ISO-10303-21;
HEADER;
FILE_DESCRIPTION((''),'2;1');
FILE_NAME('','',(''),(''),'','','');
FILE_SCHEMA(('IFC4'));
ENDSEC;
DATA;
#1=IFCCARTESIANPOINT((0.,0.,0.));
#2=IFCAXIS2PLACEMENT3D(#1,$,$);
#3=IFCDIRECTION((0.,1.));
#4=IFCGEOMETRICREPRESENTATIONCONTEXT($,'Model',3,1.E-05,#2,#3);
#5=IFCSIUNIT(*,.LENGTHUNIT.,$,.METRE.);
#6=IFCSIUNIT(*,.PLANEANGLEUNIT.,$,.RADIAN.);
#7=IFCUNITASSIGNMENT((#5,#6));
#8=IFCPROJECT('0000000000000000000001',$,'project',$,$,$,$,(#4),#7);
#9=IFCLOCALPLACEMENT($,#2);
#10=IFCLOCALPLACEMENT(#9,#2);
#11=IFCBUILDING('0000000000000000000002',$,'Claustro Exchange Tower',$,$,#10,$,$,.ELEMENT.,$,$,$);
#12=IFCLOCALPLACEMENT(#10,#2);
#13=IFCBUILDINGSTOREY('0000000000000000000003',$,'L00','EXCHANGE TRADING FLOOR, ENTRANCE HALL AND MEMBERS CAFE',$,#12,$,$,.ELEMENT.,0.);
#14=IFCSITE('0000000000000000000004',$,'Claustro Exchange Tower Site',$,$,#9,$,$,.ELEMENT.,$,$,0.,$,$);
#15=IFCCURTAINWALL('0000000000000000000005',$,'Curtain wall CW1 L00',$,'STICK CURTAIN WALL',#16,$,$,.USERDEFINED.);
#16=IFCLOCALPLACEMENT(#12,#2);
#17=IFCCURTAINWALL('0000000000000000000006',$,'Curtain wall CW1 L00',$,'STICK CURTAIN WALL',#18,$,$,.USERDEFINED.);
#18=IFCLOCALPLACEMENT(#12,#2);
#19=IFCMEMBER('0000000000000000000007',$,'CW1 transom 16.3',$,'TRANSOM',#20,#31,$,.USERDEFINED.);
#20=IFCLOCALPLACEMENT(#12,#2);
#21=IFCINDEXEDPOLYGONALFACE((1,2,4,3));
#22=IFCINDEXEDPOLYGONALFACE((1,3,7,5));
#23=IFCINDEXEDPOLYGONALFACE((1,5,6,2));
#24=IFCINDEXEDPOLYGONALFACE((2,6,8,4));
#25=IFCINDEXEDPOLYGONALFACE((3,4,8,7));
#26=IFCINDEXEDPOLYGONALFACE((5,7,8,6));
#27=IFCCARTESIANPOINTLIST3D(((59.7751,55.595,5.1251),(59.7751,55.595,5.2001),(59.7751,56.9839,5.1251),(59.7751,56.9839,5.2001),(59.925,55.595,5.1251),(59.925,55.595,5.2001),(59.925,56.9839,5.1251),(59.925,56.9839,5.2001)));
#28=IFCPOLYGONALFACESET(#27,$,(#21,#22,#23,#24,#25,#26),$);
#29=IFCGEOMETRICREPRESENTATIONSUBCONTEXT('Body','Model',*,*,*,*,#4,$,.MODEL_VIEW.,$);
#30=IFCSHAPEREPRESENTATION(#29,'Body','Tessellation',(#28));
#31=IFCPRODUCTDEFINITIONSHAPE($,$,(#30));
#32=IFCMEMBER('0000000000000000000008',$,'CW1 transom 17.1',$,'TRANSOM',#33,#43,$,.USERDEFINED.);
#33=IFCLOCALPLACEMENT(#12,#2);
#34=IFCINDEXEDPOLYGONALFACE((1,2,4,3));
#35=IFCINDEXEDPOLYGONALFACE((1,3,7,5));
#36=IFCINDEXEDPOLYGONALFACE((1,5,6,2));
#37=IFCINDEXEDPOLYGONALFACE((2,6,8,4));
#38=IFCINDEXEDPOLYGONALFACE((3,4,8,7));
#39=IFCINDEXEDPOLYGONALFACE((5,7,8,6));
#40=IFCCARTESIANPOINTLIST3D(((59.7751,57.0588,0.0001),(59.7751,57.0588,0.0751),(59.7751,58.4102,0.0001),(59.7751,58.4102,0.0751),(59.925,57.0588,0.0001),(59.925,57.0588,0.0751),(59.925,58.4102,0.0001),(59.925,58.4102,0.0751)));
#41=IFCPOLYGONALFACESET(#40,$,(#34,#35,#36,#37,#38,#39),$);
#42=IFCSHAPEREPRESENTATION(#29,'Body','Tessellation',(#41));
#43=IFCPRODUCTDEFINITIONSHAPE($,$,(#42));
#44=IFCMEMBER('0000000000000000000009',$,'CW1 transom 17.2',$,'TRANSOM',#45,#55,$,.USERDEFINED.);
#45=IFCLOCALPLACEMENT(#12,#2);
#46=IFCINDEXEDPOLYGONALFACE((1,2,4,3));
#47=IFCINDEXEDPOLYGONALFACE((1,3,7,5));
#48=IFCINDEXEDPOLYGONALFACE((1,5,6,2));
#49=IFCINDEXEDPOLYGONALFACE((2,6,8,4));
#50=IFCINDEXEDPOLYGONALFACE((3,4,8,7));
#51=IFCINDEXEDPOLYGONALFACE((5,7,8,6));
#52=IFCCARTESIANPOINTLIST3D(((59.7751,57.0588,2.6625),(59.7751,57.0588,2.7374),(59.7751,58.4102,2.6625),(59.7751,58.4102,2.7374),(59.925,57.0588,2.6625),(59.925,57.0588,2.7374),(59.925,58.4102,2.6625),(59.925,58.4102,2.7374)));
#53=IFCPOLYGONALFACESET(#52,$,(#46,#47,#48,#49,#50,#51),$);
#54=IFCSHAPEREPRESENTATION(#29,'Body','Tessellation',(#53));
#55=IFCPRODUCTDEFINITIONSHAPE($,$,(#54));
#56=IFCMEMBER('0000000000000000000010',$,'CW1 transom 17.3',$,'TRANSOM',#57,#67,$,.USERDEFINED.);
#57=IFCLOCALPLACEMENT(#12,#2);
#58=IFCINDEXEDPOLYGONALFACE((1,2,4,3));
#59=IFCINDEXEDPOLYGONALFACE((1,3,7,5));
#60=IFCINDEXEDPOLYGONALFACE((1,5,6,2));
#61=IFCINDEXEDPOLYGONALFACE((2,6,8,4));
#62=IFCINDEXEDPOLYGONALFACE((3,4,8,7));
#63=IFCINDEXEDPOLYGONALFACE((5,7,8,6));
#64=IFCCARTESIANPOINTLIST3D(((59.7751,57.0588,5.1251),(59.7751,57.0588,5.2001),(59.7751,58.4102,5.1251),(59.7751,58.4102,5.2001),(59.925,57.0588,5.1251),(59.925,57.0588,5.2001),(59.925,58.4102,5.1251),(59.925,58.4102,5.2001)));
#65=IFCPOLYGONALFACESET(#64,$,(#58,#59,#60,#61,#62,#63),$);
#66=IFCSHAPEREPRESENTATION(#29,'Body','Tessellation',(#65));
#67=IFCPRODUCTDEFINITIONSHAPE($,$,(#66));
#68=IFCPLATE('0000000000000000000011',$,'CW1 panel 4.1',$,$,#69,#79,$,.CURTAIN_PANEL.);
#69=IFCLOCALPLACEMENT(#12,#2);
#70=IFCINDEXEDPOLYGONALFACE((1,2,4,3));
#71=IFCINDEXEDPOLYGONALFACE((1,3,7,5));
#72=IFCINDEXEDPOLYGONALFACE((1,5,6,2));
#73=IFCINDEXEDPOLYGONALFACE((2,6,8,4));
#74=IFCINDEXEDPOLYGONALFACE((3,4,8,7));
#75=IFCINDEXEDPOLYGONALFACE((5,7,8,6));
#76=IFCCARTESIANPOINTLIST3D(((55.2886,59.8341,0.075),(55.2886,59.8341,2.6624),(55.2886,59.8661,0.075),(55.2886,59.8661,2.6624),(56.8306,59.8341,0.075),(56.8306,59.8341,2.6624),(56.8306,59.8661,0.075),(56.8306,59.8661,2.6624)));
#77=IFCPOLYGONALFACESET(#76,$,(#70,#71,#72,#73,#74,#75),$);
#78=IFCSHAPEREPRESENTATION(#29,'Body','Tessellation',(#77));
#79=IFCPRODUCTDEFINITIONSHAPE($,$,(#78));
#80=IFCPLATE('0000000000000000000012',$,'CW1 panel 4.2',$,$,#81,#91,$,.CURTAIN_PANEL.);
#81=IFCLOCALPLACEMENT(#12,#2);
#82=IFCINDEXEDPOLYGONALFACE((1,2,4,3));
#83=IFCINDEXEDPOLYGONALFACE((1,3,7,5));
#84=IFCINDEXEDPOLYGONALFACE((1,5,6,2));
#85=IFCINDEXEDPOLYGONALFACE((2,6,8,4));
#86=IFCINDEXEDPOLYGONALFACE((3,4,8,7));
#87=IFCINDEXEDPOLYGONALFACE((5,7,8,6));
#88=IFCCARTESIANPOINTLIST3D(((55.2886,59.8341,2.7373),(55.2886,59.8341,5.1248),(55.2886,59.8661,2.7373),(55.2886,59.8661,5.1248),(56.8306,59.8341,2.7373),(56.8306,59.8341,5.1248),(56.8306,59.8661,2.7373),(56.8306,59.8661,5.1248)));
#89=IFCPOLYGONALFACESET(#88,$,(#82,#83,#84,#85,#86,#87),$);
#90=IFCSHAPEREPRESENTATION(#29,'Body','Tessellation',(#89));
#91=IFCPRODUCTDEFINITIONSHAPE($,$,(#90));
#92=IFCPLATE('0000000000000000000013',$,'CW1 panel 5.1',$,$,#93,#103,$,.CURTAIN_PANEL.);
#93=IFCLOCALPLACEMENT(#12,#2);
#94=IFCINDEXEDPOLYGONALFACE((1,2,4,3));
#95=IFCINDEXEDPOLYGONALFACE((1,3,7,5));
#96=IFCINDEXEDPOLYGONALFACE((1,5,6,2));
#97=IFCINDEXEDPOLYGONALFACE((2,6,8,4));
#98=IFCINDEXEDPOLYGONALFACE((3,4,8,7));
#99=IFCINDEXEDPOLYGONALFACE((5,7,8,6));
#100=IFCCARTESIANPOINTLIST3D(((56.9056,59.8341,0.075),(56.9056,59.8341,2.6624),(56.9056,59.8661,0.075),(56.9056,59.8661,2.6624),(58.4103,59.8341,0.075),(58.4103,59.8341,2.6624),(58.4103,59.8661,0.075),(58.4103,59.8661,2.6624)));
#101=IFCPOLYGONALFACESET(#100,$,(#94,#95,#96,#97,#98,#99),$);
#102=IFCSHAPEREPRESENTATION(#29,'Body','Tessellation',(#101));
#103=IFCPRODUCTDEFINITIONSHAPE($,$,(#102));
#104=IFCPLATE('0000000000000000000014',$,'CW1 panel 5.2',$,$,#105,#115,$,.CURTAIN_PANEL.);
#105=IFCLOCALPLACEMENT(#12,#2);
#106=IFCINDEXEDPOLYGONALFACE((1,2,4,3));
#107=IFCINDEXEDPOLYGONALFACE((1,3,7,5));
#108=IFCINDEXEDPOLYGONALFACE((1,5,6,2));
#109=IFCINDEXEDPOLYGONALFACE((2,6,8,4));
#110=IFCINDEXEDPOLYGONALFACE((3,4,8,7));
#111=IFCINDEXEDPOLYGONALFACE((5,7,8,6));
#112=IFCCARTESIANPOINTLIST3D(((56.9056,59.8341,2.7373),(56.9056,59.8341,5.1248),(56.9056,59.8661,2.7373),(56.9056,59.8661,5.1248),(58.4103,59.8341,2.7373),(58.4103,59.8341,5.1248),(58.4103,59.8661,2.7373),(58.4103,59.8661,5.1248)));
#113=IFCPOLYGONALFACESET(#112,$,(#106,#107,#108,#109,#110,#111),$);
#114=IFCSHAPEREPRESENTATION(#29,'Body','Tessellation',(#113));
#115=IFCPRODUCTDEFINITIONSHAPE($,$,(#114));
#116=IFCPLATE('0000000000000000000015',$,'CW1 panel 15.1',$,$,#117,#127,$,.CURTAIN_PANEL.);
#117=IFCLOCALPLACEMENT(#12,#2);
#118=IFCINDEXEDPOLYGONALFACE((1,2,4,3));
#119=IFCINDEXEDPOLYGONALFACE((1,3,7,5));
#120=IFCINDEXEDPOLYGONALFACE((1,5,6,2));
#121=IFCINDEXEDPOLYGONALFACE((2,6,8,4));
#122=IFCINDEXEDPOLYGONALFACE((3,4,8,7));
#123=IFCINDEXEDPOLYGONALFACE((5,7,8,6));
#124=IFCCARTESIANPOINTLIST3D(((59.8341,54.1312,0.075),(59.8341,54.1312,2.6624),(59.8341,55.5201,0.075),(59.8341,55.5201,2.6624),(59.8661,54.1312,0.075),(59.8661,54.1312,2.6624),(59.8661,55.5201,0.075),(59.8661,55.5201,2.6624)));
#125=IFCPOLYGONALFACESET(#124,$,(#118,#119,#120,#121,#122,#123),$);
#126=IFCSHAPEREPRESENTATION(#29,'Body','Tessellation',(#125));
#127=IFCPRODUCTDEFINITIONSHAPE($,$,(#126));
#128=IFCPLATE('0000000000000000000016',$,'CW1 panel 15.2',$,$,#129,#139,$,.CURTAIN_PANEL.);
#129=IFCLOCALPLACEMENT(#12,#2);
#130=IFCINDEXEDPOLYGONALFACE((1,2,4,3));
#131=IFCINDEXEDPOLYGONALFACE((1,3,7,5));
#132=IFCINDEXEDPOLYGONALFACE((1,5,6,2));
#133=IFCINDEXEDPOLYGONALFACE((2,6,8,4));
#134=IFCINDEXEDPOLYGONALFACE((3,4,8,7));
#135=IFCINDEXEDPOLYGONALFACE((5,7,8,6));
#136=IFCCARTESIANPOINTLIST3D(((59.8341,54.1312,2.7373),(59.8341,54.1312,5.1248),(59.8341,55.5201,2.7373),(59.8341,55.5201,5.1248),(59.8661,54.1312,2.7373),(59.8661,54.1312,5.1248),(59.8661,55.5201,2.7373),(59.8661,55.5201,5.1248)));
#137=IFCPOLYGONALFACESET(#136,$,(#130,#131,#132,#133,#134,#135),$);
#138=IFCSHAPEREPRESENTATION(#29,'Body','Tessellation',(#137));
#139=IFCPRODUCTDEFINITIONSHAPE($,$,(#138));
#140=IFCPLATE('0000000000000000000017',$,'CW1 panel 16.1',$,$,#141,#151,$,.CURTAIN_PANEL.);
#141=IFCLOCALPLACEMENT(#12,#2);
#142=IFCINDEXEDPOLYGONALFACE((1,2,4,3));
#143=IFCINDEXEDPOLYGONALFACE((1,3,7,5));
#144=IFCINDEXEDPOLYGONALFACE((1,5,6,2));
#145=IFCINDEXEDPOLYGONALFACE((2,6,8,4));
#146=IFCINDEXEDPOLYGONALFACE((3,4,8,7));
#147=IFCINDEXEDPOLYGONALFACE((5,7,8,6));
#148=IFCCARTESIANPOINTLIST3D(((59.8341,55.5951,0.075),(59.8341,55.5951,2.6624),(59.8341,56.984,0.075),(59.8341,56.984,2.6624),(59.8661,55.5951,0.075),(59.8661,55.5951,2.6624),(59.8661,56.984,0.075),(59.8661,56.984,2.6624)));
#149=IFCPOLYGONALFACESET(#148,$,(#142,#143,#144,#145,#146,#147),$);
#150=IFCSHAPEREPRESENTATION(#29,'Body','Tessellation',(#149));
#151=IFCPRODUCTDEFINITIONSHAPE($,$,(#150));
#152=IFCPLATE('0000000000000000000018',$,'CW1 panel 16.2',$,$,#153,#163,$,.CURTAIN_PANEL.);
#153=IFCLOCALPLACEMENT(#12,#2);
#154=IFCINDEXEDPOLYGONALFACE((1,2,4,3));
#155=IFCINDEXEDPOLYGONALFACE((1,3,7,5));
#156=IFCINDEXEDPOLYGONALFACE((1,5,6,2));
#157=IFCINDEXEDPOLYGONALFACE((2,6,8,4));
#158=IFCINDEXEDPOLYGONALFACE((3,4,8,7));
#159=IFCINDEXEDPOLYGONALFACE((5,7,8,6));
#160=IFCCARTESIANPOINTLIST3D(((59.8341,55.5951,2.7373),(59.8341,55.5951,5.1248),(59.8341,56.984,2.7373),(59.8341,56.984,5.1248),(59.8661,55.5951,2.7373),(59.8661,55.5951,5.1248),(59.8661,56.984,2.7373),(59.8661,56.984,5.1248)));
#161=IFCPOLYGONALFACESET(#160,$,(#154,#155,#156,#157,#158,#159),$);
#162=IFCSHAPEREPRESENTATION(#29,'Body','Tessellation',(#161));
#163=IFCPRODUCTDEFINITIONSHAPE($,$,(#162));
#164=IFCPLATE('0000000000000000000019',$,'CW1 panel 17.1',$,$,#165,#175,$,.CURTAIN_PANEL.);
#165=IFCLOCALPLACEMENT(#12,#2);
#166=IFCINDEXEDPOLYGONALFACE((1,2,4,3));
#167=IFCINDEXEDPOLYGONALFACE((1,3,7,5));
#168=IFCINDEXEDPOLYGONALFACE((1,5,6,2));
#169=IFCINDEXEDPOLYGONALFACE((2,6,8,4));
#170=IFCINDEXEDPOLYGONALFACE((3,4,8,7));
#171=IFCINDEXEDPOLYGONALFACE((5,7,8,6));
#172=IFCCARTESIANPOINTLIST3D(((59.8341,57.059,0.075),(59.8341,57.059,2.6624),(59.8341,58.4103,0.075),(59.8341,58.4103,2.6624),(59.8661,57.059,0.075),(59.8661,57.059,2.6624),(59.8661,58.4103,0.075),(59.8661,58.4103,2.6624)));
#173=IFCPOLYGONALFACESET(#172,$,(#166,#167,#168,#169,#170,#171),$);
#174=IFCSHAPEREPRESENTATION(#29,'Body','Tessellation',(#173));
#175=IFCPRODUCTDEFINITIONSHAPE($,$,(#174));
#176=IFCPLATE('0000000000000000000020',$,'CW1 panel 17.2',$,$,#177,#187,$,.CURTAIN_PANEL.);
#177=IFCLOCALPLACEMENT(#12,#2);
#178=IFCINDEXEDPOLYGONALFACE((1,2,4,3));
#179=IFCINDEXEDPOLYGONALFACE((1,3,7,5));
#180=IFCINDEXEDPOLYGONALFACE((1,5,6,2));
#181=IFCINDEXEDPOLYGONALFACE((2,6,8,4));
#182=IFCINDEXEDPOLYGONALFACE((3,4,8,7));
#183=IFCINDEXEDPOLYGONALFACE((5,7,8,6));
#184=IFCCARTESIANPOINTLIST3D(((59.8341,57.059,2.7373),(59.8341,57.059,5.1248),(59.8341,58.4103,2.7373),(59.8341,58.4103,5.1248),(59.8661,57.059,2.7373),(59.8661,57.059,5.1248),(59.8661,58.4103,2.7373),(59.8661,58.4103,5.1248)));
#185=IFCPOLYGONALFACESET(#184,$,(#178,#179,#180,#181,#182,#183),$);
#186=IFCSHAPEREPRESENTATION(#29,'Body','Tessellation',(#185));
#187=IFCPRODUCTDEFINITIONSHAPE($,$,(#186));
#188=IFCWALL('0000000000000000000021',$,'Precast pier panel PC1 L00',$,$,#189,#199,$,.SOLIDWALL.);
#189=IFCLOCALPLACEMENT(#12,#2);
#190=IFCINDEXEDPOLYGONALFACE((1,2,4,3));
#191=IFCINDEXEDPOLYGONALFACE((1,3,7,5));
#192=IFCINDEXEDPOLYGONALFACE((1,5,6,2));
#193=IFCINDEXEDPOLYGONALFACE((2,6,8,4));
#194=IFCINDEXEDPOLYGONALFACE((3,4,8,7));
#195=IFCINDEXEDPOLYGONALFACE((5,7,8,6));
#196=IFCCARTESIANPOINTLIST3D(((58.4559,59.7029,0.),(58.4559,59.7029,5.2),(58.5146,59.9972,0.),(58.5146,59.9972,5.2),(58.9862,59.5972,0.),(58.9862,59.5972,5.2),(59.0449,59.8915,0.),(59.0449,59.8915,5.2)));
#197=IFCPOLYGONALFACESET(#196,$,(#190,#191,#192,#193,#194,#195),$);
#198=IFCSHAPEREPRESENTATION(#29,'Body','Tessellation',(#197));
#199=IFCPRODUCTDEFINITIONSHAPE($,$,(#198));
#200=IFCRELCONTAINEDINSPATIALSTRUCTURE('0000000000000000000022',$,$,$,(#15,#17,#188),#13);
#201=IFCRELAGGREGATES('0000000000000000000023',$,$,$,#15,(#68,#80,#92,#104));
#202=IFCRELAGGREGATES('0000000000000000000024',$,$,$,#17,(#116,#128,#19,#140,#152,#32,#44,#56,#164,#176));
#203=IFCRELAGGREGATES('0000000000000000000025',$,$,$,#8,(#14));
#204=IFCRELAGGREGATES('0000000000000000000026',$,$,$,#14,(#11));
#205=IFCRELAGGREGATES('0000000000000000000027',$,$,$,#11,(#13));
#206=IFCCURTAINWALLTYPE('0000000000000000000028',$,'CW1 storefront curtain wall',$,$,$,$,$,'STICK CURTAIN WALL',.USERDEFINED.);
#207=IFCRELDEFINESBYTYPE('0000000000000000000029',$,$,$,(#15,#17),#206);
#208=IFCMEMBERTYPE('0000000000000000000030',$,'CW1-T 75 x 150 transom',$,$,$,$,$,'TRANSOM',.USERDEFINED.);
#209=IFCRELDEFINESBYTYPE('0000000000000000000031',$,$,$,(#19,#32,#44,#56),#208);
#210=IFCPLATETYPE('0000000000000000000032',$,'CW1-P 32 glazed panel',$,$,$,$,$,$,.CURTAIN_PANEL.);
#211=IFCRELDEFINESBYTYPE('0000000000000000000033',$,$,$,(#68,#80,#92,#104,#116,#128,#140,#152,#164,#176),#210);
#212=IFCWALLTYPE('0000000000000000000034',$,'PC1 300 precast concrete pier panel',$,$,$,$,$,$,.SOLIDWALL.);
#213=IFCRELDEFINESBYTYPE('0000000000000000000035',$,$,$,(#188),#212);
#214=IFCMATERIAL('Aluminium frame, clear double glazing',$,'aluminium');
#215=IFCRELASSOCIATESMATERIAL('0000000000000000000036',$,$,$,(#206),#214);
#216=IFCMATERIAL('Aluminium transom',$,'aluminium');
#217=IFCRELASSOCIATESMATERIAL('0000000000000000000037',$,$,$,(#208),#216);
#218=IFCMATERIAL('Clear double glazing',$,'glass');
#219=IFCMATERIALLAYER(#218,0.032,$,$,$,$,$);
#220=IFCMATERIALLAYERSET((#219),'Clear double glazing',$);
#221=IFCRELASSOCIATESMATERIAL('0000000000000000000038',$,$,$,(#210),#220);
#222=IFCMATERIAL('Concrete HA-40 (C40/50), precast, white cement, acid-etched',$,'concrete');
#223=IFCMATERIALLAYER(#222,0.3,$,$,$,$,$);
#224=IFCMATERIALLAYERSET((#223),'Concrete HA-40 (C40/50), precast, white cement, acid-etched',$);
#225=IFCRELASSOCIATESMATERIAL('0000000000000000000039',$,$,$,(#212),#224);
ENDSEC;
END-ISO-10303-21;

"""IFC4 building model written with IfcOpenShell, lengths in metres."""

from ifc_helpers import new_model, si_unit, direction, frame, frame_2d, origin, origin_2d, place, context, subcontext, project, spatial, rectangle, extrude, material, layer, layer_set, material_profile, profile_set, type_object, element, aggregate, save


model = new_model("IFC4")

# Units and contexts
model_context = context("Model", 3, precision=1e-05, world=origin(), true_north=direction((0.0, 1.0)))
body_context = subcontext(model_context, "Body", "Model", "MODEL_VIEW")
ifc_project = project(units=[si_unit("LENGTHUNIT", "METRE"), si_unit("PLANEANGLEUNIT", "RADIAN")], contexts=[model_context])

# Site, building, storey
site_placement = place(None, origin())
site = spatial("IfcSite", under=ifc_project, at=site_placement, Name="Claustro Exchange Tower Site", CompositionType="ELEMENT", RefElevation=0.0)
building_placement = place(site_placement, origin())
building = spatial("IfcBuilding", under=site, at=building_placement, Name="Claustro Exchange Tower", CompositionType="ELEMENT")
storey_placement = place(building_placement, origin())
storey = spatial("IfcBuildingStorey", under=building, at=storey_placement, Name="L00", Description="EXCHANGE TRADING FLOOR, ENTRANCE HALL AND MEMBERS CAFE", CompositionType="ELEMENT", Elevation=0.0)

# Curtain walls
ifc_material_1 = material(Name="Aluminium frame, clear double glazing", Category="aluminium")
curtain_wall_type = type_object("IfcCurtainWallType", Name="CW1 storefront curtain wall", ElementType="STICK CURTAIN WALL", PredefinedType="USERDEFINED", material=ifc_material_1)
curtain_wall_1_placement = place(storey_placement, origin())
curtain_wall_1 = element("IfcCurtainWall", 1, at=curtain_wall_1_placement, inside=storey, type_object=curtain_wall_type, Name="Curtain wall CW1 L00", ObjectType="STICK CURTAIN WALL", PredefinedType="USERDEFINED")
curtain_wall_2_placement = place(storey_placement, origin())
curtain_wall_2 = element("IfcCurtainWall", 2, at=curtain_wall_2_placement, inside=storey, type_object=curtain_wall_type, Name="Curtain wall CW1 L00", ObjectType="STICK CURTAIN WALL", PredefinedType="USERDEFINED")

# Members
ifc_material_2 = material(Name="Aluminium transom", Category="aluminium")
ifc_material_profile_1 = material_profile(ifc_material_2, rectangle(XDim=0.1499, YDim=0.075, at=origin_2d()), Name="CW1-T 75x150")
ifc_profile_set_1 = profile_set([ifc_material_profile_1], Name="Aluminium transom")
member_type_1 = type_object("IfcMemberType", Name="CW1-T 75 x 150 transom", ElementType="TRANSOM", PredefinedType="USERDEFINED", material=ifc_profile_set_1)
member_1_placement = place(storey_placement, frame((59.8501, 55.595, 5.1626), z_axis=(0.0, 1.0, 0.0), x_axis=(-1.0, 0.0, 0.0)))
member_1 = element("IfcMember", 3, at=member_1_placement, type_object=member_type_1, Name="CW1 transom 16.3", ObjectType="TRANSOM", PredefinedType="USERDEFINED", context=body_context, shape_type="SweptSolid", body=[
    extrude(rectangle(XDim=0.1499, YDim=0.075, at=origin_2d()), origin(), (0.0, 0.0, 1.0), 1.3889),
])
member_2_placement = place(storey_placement, frame((59.8501, 57.0588, 0.0376), z_axis=(0.0, 1.0, 0.0), x_axis=(-1.0, 0.0, 0.0)))
member_2 = element("IfcMember", 4, at=member_2_placement, type_object=member_type_1, Name="CW1 transom 17.1", ObjectType="TRANSOM", PredefinedType="USERDEFINED", context=body_context, shape_type="SweptSolid", body=[
    extrude(rectangle(XDim=0.1499, YDim=0.075, at=origin_2d()), origin(), (0.0, 0.0, 1.0), 1.3513),
])
member_3_placement = place(storey_placement, frame((59.8501, 57.0588, 2.7), z_axis=(0.0, 1.0, 0.0), x_axis=(-1.0, 0.0, 0.0)))
member_3 = element("IfcMember", 5, at=member_3_placement, type_object=member_type_1, Name="CW1 transom 17.2", ObjectType="TRANSOM", PredefinedType="USERDEFINED", context=body_context, shape_type="SweptSolid", body=[
    extrude(rectangle(XDim=0.1499, YDim=0.075, at=origin_2d()), origin(), (0.0, 0.0, 1.0), 1.3513),
])
member_4_placement = place(storey_placement, frame((59.8501, 57.0588, 5.1626), z_axis=(0.0, 1.0, 0.0), x_axis=(-1.0, 0.0, 0.0)))
member_4 = element("IfcMember", 6, at=member_4_placement, type_object=member_type_1, Name="CW1 transom 17.3", ObjectType="TRANSOM", PredefinedType="USERDEFINED", context=body_context, shape_type="SweptSolid", body=[
    extrude(rectangle(XDim=0.1499, YDim=0.075, at=origin_2d()), origin(), (0.0, 0.0, 1.0), 1.3513),
])

# Plates
ifc_material_3 = material(Name="Clear double glazing", Category="glass")
ifc_layer_1 = layer(ifc_material_3, 0.032)
ifc_layer_set_1 = layer_set([ifc_layer_1], Name="Clear double glazing")
plate_type = type_object("IfcPlateType", Name="CW1-P 32 glazed panel", PredefinedType="CURTAIN_PANEL", material=ifc_layer_set_1)
plate_1_placement = place(storey_placement, frame((56.0596, 59.8501, 0.075), z_axis=(0.0, 0.0, 1.0), x_axis=(1.0, 0.0, 0.0)))
plate_1 = element("IfcPlate", 7, at=plate_1_placement, type_object=plate_type, Name="CW1 panel 4.1", PredefinedType="CURTAIN_PANEL", context=body_context, shape_type="SweptSolid", body=[
    extrude(rectangle(XDim=1.542, YDim=0.032, at=origin_2d()), origin(), (0.0, 0.0, 1.0), 2.5874),
])
plate_2_placement = place(storey_placement, frame((56.0596, 59.8501, 2.7373), z_axis=(0.0, 0.0, 1.0), x_axis=(1.0, 0.0, 0.0)))
plate_2 = element("IfcPlate", 8, at=plate_2_placement, type_object=plate_type, Name="CW1 panel 4.2", PredefinedType="CURTAIN_PANEL", context=body_context, shape_type="SweptSolid", body=[
    extrude(rectangle(XDim=1.542, YDim=0.032, at=origin_2d()), origin(), (0.0, 0.0, 1.0), 2.3875),
])
plate_3_placement = place(storey_placement, frame((57.658, 59.8501, 0.075), z_axis=(0.0, 0.0, 1.0), x_axis=(1.0, 0.0, 0.0)))
plate_3 = element("IfcPlate", 9, at=plate_3_placement, type_object=plate_type, Name="CW1 panel 5.1", PredefinedType="CURTAIN_PANEL", context=body_context, shape_type="SweptSolid", body=[
    extrude(rectangle(XDim=1.5046, YDim=0.032, at=origin_2d()), origin(), (0.0, 0.0, 1.0), 2.5874),
])
plate_4_placement = place(storey_placement, frame((57.658, 59.8501, 2.7373), z_axis=(0.0, 0.0, 1.0), x_axis=(1.0, 0.0, 0.0)))
plate_4 = element("IfcPlate", 10, at=plate_4_placement, type_object=plate_type, Name="CW1 panel 5.2", PredefinedType="CURTAIN_PANEL", context=body_context, shape_type="SweptSolid", body=[
    extrude(rectangle(XDim=1.5046, YDim=0.032, at=origin_2d()), origin(), (0.0, 0.0, 1.0), 2.3875),
])
aggregate(curtain_wall_1, [plate_1, plate_2, plate_3, plate_4])
plate_5_placement = place(storey_placement, frame((59.8501, 54.8257, 0.075), z_axis=(0.0, 0.0, 1.0), x_axis=(0.0, 1.0, 0.0)))
plate_5 = element("IfcPlate", 11, at=plate_5_placement, type_object=plate_type, Name="CW1 panel 15.1", PredefinedType="CURTAIN_PANEL", context=body_context, shape_type="SweptSolid", body=[
    extrude(rectangle(XDim=1.3889, YDim=0.032, at=origin_2d()), origin(), (0.0, 0.0, 1.0), 2.5874),
])
plate_6_placement = place(storey_placement, frame((59.8501, 54.8257, 2.7373), z_axis=(0.0, 0.0, 1.0), x_axis=(0.0, 1.0, 0.0)))
plate_6 = element("IfcPlate", 12, at=plate_6_placement, type_object=plate_type, Name="CW1 panel 15.2", PredefinedType="CURTAIN_PANEL", context=body_context, shape_type="SweptSolid", body=[
    extrude(rectangle(XDim=1.3889, YDim=0.032, at=origin_2d()), origin(), (0.0, 0.0, 1.0), 2.3875),
])
plate_7_placement = place(storey_placement, frame((59.8501, 56.2896, 0.075), z_axis=(0.0, 0.0, 1.0), x_axis=(0.0, 1.0, 0.0)))
plate_7 = element("IfcPlate", 13, at=plate_7_placement, type_object=plate_type, Name="CW1 panel 16.1", PredefinedType="CURTAIN_PANEL", context=body_context, shape_type="SweptSolid", body=[
    extrude(rectangle(XDim=1.3889, YDim=0.032, at=origin_2d()), origin(), (0.0, 0.0, 1.0), 2.5874),
])
plate_8_placement = place(storey_placement, frame((59.8501, 56.2896, 2.7373), z_axis=(0.0, 0.0, 1.0), x_axis=(0.0, 1.0, 0.0)))
plate_8 = element("IfcPlate", 14, at=plate_8_placement, type_object=plate_type, Name="CW1 panel 16.2", PredefinedType="CURTAIN_PANEL", context=body_context, shape_type="SweptSolid", body=[
    extrude(rectangle(XDim=1.3889, YDim=0.032, at=origin_2d()), origin(), (0.0, 0.0, 1.0), 2.3875),
])
plate_9_placement = place(storey_placement, frame((59.8501, 57.7346, 0.075), z_axis=(0.0, 0.0, 1.0), x_axis=(0.0, 1.0, 0.0)))
plate_9 = element("IfcPlate", 15, at=plate_9_placement, type_object=plate_type, Name="CW1 panel 17.1", PredefinedType="CURTAIN_PANEL", context=body_context, shape_type="SweptSolid", body=[
    extrude(rectangle(XDim=1.3513, YDim=0.032, at=origin_2d()), origin(), (0.0, 0.0, 1.0), 2.5874),
])
plate_10_placement = place(storey_placement, frame((59.8501, 57.7346, 2.7373), z_axis=(0.0, 0.0, 1.0), x_axis=(0.0, 1.0, 0.0)))
plate_10 = element("IfcPlate", 16, at=plate_10_placement, type_object=plate_type, Name="CW1 panel 17.2", PredefinedType="CURTAIN_PANEL", context=body_context, shape_type="SweptSolid", body=[
    extrude(rectangle(XDim=1.3513, YDim=0.032, at=origin_2d()), origin(), (0.0, 0.0, 1.0), 2.3875),
])
aggregate(curtain_wall_2, [plate_5, plate_6, member_1, plate_7, plate_8, member_2, member_3, member_4, plate_9, plate_10])

# Wall
ifc_material_4 = material(Name="Concrete HA-40 (C40/50), precast, white cement, acid-etched", Category="concrete")
ifc_layer_2 = layer(ifc_material_4, 0.3)
ifc_layer_set_2 = layer_set([ifc_layer_2], Name="Concrete HA-40 (C40/50), precast, white cement, acid-etched")
wall_type = type_object("IfcWallType", Name="PC1 300 precast concrete pier panel", PredefinedType="SOLIDWALL", material=ifc_layer_set_2)
wall_1_placement = place(storey_placement, frame((58.4851, 59.8501, 0.0), z_axis=(0.0, 0.0, 1.0), x_axis=(0.980702, -0.195508, 0.0)))
element("IfcWall", 17, at=wall_1_placement, inside=storey, type_object=wall_type, Name="Precast pier panel PC1 L00", PredefinedType="SOLIDWALL", context=body_context, shape_type="SweptSolid", body=[
    extrude(rectangle(XDim=0.5408, YDim=0.3, at=frame_2d((0.2705, 0.0))), origin(), (0.0, 0.0, 1.0), 5.2),
])

save(model, "model.ifc")
